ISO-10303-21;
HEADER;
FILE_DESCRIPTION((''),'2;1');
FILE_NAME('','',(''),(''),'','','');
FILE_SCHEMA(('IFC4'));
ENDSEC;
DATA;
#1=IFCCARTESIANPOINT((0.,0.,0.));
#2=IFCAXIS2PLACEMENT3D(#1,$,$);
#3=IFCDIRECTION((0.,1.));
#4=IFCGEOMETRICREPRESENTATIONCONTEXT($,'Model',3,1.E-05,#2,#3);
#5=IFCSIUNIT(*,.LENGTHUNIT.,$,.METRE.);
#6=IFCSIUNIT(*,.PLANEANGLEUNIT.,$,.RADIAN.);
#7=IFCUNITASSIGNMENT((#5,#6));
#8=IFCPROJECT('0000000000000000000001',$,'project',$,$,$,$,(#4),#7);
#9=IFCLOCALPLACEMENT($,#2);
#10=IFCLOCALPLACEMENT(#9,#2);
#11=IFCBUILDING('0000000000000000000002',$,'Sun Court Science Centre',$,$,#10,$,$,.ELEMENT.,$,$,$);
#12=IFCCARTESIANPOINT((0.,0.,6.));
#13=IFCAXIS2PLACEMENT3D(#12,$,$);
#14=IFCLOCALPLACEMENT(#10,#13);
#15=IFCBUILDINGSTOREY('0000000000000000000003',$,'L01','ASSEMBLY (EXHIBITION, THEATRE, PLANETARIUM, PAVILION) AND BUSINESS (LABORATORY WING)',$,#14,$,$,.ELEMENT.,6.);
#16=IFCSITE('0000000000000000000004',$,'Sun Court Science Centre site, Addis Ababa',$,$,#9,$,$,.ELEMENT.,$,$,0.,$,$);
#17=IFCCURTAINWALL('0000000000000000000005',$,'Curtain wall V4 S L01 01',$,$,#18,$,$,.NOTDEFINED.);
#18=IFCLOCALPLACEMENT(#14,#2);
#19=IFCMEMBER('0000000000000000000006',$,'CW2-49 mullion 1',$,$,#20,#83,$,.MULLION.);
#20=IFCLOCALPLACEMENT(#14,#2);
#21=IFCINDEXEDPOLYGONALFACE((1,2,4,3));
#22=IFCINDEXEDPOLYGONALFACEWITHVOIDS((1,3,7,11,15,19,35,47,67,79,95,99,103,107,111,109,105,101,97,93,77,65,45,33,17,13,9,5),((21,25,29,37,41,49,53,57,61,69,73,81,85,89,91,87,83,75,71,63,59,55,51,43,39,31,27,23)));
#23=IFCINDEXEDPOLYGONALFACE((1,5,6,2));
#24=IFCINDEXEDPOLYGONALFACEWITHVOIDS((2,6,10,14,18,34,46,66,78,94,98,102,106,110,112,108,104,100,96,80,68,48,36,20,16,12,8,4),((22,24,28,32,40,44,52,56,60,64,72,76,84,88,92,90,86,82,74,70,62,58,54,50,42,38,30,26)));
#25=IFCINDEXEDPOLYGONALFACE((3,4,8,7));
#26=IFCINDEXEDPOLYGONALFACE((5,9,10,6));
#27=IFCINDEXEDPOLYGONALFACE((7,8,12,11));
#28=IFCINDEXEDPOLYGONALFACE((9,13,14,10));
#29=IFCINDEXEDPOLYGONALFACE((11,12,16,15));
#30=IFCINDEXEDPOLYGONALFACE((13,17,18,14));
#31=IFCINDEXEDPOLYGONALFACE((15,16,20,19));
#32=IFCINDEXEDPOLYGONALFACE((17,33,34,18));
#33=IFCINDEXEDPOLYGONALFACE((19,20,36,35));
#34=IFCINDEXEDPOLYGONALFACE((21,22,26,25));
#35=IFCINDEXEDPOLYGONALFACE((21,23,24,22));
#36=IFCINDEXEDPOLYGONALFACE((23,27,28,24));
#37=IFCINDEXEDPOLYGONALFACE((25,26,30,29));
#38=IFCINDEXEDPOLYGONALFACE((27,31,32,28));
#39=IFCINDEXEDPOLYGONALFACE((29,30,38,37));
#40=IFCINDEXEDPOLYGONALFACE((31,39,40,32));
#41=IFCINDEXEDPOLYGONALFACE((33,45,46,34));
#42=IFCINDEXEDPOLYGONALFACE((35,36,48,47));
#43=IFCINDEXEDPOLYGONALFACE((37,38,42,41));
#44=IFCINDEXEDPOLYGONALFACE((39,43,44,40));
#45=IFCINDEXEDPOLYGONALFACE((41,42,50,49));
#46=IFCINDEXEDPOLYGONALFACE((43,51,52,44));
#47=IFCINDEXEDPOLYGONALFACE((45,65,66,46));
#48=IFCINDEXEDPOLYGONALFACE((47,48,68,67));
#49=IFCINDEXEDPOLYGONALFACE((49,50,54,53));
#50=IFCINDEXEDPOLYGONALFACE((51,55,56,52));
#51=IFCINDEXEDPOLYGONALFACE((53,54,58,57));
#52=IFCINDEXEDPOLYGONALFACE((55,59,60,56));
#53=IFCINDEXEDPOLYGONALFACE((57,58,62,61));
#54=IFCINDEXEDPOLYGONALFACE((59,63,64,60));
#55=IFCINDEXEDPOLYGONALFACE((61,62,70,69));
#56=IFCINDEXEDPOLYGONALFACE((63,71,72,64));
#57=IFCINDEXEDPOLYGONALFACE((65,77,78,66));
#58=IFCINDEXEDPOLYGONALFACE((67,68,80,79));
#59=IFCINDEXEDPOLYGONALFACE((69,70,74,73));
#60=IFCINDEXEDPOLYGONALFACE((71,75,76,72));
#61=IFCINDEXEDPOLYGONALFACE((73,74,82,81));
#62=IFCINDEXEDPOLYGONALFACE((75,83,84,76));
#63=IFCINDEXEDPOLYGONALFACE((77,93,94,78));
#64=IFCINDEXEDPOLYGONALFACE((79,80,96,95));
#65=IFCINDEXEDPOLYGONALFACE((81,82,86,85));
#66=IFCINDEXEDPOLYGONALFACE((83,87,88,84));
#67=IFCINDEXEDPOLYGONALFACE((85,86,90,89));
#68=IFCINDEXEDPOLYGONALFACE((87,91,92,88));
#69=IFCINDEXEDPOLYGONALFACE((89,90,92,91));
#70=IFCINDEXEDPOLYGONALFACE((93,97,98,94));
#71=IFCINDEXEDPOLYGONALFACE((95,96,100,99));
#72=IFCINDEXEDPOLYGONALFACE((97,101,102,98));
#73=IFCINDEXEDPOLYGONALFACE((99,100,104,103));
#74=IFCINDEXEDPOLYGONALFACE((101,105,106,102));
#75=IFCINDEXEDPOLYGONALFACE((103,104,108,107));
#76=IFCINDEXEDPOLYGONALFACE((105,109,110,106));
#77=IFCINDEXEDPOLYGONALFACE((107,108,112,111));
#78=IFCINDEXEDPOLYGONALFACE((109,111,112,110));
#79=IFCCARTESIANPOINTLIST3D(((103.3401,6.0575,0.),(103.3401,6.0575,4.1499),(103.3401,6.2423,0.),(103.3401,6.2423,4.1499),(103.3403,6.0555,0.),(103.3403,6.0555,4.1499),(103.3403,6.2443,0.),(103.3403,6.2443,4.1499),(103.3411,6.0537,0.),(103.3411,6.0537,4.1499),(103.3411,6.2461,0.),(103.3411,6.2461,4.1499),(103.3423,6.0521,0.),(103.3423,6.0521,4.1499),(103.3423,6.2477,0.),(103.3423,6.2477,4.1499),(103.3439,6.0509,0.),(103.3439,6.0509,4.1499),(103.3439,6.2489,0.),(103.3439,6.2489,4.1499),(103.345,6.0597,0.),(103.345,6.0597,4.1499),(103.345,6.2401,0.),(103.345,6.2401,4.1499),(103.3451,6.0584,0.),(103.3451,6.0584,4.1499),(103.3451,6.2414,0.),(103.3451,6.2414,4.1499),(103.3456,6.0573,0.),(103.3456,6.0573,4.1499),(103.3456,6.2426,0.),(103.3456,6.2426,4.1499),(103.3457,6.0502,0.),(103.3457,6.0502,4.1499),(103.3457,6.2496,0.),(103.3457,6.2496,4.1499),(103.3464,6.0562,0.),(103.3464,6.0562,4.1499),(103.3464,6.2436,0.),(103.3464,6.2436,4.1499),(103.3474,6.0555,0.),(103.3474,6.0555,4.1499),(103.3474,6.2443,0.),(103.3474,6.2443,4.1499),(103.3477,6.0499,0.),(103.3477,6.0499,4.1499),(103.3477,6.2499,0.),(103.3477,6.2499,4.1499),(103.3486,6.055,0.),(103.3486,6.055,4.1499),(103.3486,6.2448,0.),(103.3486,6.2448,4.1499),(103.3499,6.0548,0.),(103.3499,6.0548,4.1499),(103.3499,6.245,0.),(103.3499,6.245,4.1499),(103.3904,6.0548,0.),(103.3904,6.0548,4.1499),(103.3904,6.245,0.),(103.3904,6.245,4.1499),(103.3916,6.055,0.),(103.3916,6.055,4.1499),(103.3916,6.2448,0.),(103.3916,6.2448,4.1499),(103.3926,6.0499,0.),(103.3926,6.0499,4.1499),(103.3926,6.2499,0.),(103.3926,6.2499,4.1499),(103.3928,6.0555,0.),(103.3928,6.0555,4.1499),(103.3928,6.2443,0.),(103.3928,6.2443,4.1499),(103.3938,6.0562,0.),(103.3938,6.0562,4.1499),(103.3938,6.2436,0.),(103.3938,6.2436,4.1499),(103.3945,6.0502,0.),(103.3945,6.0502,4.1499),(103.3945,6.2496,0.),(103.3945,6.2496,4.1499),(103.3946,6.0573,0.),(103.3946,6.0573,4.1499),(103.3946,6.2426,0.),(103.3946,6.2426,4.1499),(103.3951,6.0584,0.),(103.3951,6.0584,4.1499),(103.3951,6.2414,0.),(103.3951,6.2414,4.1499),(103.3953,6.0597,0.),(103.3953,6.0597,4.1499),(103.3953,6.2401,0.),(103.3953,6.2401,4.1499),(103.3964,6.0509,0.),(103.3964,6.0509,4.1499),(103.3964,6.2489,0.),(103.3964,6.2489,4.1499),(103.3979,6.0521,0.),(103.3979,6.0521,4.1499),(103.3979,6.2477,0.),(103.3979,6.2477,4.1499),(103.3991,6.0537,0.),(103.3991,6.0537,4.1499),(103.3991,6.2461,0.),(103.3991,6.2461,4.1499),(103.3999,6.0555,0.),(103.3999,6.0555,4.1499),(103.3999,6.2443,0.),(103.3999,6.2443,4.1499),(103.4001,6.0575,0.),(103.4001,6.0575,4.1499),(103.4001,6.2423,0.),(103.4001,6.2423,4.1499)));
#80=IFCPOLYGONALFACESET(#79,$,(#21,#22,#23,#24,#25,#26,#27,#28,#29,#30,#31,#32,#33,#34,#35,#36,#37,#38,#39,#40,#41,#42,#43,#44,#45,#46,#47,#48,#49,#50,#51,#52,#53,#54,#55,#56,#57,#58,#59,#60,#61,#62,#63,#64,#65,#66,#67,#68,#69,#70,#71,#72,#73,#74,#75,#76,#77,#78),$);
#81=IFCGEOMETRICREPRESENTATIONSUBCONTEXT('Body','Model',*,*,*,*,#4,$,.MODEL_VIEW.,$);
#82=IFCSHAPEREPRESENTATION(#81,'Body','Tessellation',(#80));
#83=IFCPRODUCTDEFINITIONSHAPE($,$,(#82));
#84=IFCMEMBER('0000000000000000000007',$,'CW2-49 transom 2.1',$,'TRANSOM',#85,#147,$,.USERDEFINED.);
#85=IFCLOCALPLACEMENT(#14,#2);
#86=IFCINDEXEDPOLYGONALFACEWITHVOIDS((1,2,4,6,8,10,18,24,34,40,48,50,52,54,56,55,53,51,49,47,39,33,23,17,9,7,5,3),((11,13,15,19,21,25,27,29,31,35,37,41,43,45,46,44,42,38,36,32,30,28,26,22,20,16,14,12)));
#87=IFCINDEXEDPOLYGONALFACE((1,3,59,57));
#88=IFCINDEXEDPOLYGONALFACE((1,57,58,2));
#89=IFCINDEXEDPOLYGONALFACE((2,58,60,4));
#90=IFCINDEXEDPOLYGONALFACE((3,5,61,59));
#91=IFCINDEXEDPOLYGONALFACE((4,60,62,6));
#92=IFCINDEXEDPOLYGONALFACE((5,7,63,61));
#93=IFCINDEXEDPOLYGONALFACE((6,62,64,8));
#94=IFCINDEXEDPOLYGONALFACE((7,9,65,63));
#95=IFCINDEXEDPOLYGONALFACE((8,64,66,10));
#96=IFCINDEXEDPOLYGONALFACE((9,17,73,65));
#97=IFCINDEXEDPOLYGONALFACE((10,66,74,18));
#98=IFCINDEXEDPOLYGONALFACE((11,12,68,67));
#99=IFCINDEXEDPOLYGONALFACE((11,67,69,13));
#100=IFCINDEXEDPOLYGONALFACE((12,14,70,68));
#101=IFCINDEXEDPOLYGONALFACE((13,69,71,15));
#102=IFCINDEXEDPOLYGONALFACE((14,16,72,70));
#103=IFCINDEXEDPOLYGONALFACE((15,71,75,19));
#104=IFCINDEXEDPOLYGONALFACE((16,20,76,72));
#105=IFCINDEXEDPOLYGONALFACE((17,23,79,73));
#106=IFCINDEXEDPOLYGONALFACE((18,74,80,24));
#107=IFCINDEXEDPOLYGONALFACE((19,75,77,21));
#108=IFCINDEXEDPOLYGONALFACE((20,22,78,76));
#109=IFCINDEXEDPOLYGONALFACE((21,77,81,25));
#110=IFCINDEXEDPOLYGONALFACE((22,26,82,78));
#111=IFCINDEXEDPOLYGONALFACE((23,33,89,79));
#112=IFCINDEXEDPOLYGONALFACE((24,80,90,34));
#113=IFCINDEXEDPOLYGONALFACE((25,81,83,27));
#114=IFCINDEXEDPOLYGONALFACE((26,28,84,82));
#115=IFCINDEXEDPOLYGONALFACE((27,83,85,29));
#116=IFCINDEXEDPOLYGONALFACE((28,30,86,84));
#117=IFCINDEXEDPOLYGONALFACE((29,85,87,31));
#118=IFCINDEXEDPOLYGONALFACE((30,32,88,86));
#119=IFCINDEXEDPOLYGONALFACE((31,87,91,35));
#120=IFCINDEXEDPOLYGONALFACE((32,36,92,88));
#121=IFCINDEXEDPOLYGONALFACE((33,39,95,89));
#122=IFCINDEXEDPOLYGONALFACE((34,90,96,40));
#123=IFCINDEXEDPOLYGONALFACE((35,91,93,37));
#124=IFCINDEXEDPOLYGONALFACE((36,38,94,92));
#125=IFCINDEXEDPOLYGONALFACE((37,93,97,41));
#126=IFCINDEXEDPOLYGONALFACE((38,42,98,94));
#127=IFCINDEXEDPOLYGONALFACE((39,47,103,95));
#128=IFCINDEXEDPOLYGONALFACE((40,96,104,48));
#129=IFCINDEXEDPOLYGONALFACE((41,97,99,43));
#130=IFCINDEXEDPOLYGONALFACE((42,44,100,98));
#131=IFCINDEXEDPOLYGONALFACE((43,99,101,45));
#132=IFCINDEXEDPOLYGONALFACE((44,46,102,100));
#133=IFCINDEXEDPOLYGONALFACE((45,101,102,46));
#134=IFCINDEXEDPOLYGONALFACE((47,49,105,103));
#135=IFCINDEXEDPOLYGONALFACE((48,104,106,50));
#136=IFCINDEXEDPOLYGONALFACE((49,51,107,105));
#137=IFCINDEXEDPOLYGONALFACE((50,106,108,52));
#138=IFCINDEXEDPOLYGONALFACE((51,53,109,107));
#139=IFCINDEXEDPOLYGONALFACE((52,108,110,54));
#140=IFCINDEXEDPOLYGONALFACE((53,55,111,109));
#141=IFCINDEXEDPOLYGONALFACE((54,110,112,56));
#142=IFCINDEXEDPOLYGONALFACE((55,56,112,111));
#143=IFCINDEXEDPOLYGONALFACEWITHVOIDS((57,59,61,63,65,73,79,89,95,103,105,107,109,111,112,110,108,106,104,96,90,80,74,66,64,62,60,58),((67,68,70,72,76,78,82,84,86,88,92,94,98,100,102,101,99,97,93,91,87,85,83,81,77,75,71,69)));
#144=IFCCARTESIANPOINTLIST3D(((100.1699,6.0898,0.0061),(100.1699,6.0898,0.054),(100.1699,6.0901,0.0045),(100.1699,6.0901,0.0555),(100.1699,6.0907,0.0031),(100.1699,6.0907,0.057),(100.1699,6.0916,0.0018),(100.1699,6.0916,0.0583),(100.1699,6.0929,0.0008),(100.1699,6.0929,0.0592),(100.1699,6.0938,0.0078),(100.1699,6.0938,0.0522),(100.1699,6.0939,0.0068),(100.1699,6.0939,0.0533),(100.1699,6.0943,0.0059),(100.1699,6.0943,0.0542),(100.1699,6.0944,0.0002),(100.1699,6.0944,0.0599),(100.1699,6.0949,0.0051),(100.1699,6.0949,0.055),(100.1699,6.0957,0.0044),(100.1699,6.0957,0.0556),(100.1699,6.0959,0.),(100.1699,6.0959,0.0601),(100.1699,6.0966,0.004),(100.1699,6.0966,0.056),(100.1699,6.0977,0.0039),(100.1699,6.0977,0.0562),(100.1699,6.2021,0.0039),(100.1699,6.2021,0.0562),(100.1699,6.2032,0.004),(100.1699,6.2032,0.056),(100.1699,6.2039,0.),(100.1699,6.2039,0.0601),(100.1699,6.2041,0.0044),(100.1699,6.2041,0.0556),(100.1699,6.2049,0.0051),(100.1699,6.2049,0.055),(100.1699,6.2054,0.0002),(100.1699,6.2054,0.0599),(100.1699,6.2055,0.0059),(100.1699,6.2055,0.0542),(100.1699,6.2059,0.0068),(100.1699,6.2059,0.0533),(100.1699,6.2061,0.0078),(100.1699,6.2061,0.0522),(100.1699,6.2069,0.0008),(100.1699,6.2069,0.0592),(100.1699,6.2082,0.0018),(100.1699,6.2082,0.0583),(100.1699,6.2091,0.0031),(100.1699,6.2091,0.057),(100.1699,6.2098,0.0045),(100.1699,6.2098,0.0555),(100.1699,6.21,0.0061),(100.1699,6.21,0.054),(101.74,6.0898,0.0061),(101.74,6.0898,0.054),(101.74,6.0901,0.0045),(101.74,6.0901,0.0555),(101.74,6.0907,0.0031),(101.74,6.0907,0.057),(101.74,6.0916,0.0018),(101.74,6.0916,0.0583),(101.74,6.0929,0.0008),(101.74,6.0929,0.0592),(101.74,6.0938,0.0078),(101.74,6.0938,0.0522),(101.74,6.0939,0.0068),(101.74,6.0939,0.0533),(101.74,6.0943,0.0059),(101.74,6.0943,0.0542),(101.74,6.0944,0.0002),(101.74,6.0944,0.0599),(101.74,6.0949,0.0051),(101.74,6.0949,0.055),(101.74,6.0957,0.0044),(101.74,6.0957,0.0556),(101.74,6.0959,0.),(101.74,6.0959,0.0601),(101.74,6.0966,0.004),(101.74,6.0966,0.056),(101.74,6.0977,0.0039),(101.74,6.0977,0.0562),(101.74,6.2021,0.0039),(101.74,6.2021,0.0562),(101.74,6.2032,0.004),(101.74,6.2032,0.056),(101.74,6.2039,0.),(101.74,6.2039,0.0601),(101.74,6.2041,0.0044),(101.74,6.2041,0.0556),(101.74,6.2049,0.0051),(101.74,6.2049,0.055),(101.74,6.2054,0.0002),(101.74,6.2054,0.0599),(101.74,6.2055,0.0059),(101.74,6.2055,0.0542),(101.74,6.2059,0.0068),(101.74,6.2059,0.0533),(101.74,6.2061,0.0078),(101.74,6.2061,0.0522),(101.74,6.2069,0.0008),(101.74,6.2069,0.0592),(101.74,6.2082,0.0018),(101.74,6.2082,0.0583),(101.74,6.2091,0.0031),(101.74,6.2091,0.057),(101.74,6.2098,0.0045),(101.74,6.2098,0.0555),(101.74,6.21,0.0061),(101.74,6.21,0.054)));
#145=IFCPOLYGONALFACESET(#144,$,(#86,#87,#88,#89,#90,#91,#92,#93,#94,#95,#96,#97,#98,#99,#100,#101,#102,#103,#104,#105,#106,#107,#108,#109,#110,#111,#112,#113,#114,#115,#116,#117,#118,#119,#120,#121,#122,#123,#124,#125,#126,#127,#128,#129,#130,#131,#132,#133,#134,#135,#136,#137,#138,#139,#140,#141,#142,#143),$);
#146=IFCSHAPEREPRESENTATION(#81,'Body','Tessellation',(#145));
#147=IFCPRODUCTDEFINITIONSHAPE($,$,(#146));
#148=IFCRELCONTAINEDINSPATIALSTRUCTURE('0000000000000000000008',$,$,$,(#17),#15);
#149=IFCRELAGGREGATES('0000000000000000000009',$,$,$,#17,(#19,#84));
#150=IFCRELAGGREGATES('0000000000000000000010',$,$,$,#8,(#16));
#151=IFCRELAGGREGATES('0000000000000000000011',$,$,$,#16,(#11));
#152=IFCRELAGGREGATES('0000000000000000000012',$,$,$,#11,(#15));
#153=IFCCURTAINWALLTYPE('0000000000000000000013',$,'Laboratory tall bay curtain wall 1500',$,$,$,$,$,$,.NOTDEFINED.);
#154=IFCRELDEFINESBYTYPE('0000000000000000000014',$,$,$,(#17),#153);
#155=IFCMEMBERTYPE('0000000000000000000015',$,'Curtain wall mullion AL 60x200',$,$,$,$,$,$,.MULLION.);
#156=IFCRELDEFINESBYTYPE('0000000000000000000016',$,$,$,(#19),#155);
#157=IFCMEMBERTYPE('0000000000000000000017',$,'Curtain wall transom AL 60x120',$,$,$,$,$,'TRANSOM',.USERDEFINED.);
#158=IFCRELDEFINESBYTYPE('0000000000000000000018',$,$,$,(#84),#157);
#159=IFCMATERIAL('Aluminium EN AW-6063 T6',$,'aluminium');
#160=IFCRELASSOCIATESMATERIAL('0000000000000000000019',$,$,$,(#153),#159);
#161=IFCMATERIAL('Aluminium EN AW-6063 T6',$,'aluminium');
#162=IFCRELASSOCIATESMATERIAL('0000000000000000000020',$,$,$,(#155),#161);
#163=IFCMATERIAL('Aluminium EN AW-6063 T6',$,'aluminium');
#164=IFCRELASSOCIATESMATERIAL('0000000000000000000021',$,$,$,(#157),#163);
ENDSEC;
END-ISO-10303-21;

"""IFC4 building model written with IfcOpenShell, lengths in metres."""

from ifc_helpers import new_model, si_unit, direction, frame, origin, origin_2d, place, context, subcontext, project, spatial, hollow_rectangle, extrude, material, material_profile, profile_set, type_object, element, aggregate, save


model = new_model("IFC4")

# Units and contexts
model_context = context("Model", 3, precision=1e-05, world=origin(), true_north=direction((0.0, 1.0)))
body_context = subcontext(model_context, "Body", "Model", "MODEL_VIEW")
ifc_project = project(units=[si_unit("LENGTHUNIT", "METRE"), si_unit("PLANEANGLEUNIT", "RADIAN")], contexts=[model_context])

# Site, building, storey
site_placement = place(None, origin())
site = spatial("IfcSite", under=ifc_project, at=site_placement, Name="Sun Court Science Centre site, Addis Ababa", CompositionType="ELEMENT", RefElevation=0.0)
building_placement = place(site_placement, origin())
building = spatial("IfcBuilding", under=site, at=building_placement, Name="Sun Court Science Centre", CompositionType="ELEMENT")
storey_placement = place(building_placement, frame((0.0, 0.0, 6.0)))
storey = spatial("IfcBuildingStorey", under=building, at=storey_placement, Name="L01", Description="ASSEMBLY (EXHIBITION, THEATRE, PLANETARIUM, PAVILION) AND BUSINESS (LABORATORY WING)", CompositionType="ELEMENT", Elevation=6.0)

# Curtain wall, members
ifc_material_1 = material(Name="Aluminium EN AW-6063 T6", Category="aluminium")
curtain_wall_type = type_object("IfcCurtainWallType", Name="Laboratory tall bay curtain wall 1500", PredefinedType="NOTDEFINED", material=ifc_material_1)
curtain_wall_placement = place(storey_placement, origin())
curtain_wall = element("IfcCurtainWall", 1, at=curtain_wall_placement, inside=storey, type_object=curtain_wall_type, Name="Curtain wall V4 S L01 01", PredefinedType="NOTDEFINED")
ifc_material_2 = material(Name="Aluminium EN AW-6063 T6", Category="aluminium")
ifc_material_profile_1 = material_profile(ifc_material_2, hollow_rectangle(XDim=0.0601, YDim=0.2, WallThickness=0.0049, InnerFilletRadius=0.0049, OuterFilletRadius=0.0076, at=origin_2d()), Name="AL 60x200x5")
ifc_profile_set_1 = profile_set([ifc_material_profile_1], Name="Aluminium EN AW-6063 T6")
member_type_1 = type_object("IfcMemberType", Name="Curtain wall mullion AL 60x200", PredefinedType="MULLION", material=ifc_profile_set_1)
member_1_placement = place(storey_placement, frame((103.3701, 6.1499, 0.0), z_axis=(0.0, 0.0, 1.0), x_axis=(-1.0, 0.0, 0.0)))
member_1 = element("IfcMember", 2, at=member_1_placement, type_object=member_type_1, Name="CW2-49 mullion 1", PredefinedType="MULLION", context=body_context, shape_type="SweptSolid", body=[
    extrude(hollow_rectangle(XDim=0.0601, YDim=0.2, WallThickness=0.0049, InnerFilletRadius=0.0049, OuterFilletRadius=0.0076, at=origin_2d()), origin(), (0.0, 0.0, 1.0), 4.1499),
])
ifc_material_3 = material(Name="Aluminium EN AW-6063 T6", Category="aluminium")
ifc_material_profile_2 = material_profile(ifc_material_3, hollow_rectangle(XDim=0.0601, YDim=0.1201, WallThickness=0.0039, InnerFilletRadius=0.0039, OuterFilletRadius=0.0061, at=origin_2d()), Name="AL 60x120x4")
ifc_profile_set_2 = profile_set([ifc_material_profile_2], Name="Aluminium EN AW-6063 T6")
member_type_2 = type_object("IfcMemberType", Name="Curtain wall transom AL 60x120", ElementType="TRANSOM", PredefinedType="USERDEFINED", material=ifc_profile_set_2)
member_2_placement = place(storey_placement, frame((101.74, 6.1499, 0.03), z_axis=(-1.0, 0.0, 0.0), x_axis=(0.0, 0.0, 1.0)))
member_2 = element("IfcMember", 3, at=member_2_placement, type_object=member_type_2, Name="CW2-49 transom 2.1", ObjectType="TRANSOM", PredefinedType="USERDEFINED", context=body_context, shape_type="SweptSolid", body=[
    extrude(hollow_rectangle(XDim=0.0601, YDim=0.1201, WallThickness=0.0039, InnerFilletRadius=0.0039, OuterFilletRadius=0.0061, at=origin_2d()), origin(), (0.0, 0.0, 1.0), 1.5701),
])

aggregate(curtain_wall, [member_1, member_2])

save(model, "model.ifc")
